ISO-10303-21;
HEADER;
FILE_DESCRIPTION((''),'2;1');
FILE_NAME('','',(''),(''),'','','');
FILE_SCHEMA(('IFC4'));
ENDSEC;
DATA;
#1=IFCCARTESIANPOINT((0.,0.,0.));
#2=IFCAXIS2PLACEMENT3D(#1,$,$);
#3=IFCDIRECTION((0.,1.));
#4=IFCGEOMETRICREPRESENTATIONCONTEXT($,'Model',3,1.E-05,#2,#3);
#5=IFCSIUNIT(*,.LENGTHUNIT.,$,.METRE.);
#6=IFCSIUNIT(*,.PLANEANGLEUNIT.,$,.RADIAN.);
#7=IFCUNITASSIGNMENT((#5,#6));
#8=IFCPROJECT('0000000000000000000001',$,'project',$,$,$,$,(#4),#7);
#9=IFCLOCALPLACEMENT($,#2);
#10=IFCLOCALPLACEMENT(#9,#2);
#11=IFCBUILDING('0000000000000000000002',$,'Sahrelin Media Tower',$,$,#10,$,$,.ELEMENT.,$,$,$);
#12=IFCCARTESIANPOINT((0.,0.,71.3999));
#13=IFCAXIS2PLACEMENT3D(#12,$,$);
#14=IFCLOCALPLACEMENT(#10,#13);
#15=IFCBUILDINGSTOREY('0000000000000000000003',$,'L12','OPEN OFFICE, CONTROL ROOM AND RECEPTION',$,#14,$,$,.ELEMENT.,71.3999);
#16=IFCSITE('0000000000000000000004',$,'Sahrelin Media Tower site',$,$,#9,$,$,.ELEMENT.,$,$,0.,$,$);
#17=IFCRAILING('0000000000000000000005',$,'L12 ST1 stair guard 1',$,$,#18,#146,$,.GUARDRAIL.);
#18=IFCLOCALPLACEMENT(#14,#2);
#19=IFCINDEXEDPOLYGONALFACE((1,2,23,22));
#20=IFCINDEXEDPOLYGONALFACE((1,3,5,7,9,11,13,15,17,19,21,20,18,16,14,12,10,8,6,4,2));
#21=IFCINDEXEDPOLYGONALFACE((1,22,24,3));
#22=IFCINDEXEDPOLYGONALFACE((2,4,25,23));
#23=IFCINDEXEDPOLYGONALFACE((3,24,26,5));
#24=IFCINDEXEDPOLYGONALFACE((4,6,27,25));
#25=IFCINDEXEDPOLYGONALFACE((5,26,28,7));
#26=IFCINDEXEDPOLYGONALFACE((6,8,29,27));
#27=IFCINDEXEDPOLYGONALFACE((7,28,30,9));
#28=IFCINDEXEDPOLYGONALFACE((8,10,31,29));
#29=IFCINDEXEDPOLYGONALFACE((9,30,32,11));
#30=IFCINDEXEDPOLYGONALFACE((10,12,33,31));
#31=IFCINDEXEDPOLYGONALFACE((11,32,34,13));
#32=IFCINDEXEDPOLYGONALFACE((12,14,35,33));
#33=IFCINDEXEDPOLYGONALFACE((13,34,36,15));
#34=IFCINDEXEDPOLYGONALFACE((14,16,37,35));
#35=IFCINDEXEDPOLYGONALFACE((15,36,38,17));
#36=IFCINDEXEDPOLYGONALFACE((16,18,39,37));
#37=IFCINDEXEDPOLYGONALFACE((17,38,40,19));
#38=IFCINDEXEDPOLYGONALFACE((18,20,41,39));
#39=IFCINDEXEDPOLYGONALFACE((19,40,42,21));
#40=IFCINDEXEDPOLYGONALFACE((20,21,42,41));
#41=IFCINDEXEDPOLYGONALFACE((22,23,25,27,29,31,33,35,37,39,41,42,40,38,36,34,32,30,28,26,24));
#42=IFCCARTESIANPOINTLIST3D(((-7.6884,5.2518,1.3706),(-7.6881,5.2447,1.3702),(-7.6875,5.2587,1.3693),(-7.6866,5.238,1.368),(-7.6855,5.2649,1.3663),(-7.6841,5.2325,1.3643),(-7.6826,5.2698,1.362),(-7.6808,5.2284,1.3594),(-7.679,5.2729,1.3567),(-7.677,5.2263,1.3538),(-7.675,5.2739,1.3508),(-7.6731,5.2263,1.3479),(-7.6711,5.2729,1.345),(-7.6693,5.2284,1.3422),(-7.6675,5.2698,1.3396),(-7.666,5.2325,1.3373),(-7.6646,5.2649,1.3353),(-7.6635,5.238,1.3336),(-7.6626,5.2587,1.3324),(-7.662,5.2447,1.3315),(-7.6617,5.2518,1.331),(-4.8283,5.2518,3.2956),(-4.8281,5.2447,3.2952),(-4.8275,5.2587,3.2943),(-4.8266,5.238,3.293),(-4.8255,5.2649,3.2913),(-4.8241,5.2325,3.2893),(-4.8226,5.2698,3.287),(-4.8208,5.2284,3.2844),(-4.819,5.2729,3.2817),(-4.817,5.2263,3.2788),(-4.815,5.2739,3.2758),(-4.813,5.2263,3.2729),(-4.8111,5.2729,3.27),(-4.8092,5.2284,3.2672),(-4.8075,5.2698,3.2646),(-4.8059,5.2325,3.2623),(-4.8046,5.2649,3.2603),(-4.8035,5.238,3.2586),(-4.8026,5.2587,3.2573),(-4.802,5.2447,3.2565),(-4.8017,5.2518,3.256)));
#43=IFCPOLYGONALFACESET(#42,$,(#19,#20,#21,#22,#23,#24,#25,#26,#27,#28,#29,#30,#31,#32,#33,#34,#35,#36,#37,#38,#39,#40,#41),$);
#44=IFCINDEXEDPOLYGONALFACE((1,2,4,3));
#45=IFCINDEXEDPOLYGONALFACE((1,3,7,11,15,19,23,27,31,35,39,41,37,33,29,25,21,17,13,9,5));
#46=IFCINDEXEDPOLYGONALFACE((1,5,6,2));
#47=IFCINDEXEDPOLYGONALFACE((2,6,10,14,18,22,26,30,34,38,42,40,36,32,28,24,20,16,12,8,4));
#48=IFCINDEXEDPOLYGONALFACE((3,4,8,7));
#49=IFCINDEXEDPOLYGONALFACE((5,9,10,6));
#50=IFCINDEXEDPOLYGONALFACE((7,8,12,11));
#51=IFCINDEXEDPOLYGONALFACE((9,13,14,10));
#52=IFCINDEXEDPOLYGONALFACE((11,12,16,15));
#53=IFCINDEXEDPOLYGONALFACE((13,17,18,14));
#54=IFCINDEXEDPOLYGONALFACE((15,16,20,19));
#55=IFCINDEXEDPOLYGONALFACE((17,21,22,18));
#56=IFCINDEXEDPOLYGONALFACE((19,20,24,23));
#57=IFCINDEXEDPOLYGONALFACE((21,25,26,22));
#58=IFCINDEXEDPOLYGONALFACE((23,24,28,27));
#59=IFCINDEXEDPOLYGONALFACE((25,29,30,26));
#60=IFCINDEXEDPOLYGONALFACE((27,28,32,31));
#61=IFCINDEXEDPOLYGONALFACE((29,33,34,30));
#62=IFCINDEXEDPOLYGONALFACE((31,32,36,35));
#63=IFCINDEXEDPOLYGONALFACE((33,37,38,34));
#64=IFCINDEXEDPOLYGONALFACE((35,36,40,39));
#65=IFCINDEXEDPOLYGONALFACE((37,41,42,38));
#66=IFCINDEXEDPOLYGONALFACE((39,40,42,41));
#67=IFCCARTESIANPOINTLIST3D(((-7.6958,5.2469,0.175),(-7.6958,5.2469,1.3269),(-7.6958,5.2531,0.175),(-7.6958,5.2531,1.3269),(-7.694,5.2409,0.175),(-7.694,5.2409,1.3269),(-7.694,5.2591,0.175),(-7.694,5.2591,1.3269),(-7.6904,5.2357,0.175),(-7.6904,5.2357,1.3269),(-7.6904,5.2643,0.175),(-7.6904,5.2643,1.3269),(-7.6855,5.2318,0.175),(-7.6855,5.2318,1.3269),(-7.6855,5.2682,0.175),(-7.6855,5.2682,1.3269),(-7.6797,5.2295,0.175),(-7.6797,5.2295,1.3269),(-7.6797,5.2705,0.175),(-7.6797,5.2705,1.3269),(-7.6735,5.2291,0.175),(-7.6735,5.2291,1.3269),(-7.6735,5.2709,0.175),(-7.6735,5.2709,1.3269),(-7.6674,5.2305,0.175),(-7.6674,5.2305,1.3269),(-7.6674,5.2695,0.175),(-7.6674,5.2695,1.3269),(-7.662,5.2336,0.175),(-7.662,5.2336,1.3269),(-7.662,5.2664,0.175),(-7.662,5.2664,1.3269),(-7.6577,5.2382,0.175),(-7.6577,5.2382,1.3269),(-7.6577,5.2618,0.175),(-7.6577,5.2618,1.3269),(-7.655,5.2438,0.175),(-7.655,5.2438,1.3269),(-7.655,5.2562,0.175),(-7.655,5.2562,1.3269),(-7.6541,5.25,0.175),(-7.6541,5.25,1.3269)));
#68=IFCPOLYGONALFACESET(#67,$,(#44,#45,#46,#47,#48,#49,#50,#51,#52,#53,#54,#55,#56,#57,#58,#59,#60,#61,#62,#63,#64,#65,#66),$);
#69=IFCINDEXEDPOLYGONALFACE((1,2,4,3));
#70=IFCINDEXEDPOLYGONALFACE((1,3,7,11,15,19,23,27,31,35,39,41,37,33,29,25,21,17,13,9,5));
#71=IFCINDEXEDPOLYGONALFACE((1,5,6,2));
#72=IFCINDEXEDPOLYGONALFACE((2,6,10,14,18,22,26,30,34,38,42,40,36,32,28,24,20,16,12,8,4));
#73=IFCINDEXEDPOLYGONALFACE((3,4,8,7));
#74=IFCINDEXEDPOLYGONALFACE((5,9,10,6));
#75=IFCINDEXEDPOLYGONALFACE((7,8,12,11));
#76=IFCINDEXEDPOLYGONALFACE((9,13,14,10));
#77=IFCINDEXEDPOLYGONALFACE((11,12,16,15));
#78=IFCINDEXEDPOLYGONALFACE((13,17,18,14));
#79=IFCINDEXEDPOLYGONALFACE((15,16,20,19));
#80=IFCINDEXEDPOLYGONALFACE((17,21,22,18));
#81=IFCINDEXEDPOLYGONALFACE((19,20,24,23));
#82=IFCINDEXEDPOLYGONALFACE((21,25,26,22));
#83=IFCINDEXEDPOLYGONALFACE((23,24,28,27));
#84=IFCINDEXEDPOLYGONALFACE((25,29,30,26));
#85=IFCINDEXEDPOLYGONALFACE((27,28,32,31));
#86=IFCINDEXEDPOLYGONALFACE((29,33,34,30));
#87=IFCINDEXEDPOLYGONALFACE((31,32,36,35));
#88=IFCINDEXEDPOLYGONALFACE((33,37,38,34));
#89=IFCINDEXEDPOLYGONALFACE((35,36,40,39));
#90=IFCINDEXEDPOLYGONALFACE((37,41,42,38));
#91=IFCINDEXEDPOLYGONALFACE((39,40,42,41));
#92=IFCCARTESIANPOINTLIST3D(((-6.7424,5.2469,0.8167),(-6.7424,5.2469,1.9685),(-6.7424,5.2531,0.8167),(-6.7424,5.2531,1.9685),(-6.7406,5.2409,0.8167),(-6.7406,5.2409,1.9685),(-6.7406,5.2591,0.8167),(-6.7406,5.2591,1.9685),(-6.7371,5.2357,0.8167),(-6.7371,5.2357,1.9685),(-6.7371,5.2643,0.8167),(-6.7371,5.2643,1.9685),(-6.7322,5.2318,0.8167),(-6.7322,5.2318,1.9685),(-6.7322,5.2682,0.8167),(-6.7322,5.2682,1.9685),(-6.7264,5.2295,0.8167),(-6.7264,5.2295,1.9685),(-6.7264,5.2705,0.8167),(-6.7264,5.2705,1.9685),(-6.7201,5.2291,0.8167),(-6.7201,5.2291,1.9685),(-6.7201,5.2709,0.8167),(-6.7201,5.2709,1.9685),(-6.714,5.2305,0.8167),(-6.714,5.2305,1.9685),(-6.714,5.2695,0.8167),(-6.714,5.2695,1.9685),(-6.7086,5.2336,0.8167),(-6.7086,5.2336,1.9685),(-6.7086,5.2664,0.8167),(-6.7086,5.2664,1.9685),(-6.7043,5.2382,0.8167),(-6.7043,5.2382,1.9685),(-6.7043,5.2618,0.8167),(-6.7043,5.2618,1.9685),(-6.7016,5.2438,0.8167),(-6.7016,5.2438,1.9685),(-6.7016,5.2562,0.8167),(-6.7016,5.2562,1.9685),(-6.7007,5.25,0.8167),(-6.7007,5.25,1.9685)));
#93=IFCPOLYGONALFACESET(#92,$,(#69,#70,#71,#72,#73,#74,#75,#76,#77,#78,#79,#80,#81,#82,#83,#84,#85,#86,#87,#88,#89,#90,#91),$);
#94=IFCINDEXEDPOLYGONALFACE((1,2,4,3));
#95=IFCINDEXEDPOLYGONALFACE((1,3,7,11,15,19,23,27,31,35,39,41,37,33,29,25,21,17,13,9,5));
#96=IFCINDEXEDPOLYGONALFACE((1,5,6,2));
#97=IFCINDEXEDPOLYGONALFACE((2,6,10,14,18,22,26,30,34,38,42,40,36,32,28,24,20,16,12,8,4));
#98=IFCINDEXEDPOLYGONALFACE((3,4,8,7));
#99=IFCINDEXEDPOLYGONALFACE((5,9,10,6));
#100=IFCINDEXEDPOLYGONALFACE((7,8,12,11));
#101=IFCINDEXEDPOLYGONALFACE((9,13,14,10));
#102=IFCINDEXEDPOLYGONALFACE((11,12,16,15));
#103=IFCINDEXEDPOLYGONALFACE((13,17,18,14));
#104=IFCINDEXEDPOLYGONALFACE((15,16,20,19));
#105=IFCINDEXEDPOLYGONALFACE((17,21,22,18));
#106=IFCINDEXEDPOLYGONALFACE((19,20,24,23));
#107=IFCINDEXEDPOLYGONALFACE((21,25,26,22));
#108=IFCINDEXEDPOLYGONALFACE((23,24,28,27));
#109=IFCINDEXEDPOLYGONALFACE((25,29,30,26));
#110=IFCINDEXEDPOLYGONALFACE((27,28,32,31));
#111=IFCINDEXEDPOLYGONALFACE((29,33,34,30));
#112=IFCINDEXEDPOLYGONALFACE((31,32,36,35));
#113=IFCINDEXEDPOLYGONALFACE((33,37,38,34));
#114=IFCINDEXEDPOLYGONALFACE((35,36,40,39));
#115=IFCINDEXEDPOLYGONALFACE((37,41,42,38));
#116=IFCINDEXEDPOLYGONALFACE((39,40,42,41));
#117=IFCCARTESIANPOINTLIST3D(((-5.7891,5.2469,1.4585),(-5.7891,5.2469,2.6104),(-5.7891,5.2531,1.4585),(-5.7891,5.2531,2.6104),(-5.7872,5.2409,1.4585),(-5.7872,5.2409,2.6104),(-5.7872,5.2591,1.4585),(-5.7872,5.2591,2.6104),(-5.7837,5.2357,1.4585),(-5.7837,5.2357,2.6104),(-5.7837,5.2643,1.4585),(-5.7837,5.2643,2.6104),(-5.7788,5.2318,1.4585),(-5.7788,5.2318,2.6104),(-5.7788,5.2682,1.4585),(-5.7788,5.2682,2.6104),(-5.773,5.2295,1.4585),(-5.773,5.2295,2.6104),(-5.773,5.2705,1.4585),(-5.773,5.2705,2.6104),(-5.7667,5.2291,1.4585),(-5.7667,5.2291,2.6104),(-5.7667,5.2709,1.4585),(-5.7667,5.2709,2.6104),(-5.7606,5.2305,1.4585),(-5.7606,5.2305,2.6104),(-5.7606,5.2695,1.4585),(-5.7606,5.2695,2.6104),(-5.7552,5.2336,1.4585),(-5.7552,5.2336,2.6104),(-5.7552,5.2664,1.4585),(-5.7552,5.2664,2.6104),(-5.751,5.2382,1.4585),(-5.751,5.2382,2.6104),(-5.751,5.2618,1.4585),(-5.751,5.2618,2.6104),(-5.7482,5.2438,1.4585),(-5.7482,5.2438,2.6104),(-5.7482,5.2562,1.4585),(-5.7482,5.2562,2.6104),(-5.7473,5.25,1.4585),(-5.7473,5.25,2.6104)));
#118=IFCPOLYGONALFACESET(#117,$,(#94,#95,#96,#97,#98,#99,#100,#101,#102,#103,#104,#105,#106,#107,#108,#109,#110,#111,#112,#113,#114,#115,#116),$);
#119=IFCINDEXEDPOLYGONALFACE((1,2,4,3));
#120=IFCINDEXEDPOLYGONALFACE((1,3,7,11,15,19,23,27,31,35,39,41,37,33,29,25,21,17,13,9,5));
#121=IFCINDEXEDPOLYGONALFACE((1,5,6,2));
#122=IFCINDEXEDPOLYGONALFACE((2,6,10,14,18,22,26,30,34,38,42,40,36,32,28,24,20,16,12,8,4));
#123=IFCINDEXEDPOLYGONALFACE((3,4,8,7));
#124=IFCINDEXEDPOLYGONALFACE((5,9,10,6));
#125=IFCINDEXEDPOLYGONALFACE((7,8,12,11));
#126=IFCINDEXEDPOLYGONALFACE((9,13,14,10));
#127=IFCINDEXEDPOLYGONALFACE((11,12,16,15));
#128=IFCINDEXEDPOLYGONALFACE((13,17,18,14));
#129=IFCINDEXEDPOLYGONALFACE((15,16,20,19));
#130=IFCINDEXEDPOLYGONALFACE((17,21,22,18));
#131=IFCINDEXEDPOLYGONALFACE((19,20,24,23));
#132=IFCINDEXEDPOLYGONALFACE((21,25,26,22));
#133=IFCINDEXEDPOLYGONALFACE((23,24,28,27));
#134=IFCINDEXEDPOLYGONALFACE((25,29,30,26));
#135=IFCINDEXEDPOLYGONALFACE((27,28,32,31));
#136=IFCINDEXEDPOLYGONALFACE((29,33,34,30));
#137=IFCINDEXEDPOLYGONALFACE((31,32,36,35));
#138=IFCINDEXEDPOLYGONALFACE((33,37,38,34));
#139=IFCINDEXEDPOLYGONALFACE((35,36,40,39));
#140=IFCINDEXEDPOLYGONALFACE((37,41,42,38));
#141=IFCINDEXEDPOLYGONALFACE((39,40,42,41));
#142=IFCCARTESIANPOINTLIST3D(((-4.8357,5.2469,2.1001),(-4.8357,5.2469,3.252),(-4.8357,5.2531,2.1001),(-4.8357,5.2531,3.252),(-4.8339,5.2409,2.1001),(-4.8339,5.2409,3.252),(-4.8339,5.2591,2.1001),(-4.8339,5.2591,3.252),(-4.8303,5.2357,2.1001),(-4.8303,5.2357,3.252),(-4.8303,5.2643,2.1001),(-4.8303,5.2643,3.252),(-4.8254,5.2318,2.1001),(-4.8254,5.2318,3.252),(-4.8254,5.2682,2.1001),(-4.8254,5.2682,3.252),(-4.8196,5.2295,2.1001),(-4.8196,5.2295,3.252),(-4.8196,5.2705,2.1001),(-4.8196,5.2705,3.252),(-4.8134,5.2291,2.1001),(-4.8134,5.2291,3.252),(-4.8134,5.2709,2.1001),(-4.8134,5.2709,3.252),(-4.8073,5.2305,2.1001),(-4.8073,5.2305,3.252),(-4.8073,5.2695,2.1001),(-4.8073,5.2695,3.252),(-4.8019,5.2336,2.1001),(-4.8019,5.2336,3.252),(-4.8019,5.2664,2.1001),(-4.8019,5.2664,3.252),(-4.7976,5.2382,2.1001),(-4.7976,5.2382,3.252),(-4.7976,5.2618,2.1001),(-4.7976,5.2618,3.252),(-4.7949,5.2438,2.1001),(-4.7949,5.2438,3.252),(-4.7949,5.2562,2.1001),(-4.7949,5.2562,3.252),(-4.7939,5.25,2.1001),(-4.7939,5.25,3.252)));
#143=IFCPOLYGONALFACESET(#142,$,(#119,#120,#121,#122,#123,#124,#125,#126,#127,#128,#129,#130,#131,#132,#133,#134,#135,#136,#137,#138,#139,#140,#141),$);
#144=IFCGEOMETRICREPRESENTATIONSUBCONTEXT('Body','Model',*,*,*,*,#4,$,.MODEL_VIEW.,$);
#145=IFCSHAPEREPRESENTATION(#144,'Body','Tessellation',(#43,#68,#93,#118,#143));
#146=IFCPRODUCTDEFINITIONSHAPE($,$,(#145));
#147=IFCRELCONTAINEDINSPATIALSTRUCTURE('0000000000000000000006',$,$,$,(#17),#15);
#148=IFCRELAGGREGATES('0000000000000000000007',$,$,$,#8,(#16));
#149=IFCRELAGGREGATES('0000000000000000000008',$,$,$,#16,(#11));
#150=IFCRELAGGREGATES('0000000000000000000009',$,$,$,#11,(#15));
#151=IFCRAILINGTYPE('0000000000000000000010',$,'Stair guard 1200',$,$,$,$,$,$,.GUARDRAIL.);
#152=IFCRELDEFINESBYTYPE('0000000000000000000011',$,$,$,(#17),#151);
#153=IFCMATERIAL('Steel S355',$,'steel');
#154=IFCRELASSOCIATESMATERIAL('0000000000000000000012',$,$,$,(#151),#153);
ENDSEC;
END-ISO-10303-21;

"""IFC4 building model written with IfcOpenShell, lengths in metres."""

from ifc_helpers import new_model, si_unit, direction, frame, origin, origin_2d, place, context, subcontext, project, spatial, circle, extrude, material, type_object, element, save


model = new_model("IFC4")

# Units and contexts
model_context = context("Model", 3, precision=1e-05, world=origin(), true_north=direction((0.0, 1.0)))
body_context = subcontext(model_context, "Body", "Model", "MODEL_VIEW")
ifc_project = project(units=[si_unit("LENGTHUNIT", "METRE"), si_unit("PLANEANGLEUNIT", "RADIAN")], contexts=[model_context])

# Site, building, storey
site_placement = place(None, origin())
site = spatial("IfcSite", under=ifc_project, at=site_placement, Name="Sahrelin Media Tower site", CompositionType="ELEMENT", RefElevation=0.0)
building_placement = place(site_placement, origin())
building = spatial("IfcBuilding", under=site, at=building_placement, Name="Sahrelin Media Tower", CompositionType="ELEMENT")
storey_placement = place(building_placement, frame((0.0, 0.0, 71.3999)))
storey = spatial("IfcBuildingStorey", under=building, at=storey_placement, Name="L12", Description="OPEN OFFICE, CONTROL ROOM AND RECEPTION", CompositionType="ELEMENT", Elevation=71.3999)

# Shared definitions
ifc_material_1 = material(Name="Steel S355", Category="steel")

# Railing
railing_type_1 = type_object("IfcRailingType", Name="Stair guard 1200", PredefinedType="GUARDRAIL", material=ifc_material_1)
railing_1_placement = place(storey_placement, frame((-7.675, 5.25, 0.175)))
element("IfcRailing", 1, at=railing_1_placement, inside=storey, type_object=railing_type_1, Name="L12 ST1 stair guard 1", PredefinedType="GUARDRAIL", context=body_context, shape_type="SweptSolid", body=[
    extrude(circle(Radius=0.0239, at=origin_2d()), frame((0.0, 0.0, 1.1758), z_axis=(0.829591, 0.0, 0.558372), x_axis=(0.0, 1.0, 0.0)), (0.0, 0.0, 1.0), 3.4475),
    extrude(circle(Radius=0.021, at=origin_2d()), origin(), (0.0, 0.0, 1.0), 1.1519),
    extrude(circle(Radius=0.021, at=origin_2d()), frame((0.9534, 0.0, 0.6416)), (0.0, 0.0, 1.0), 1.1519),
    extrude(circle(Radius=0.021, at=origin_2d()), frame((1.9067, 0.0, 1.2834)), (0.0, 0.0, 1.0), 1.1519),
    extrude(circle(Radius=0.021, at=origin_2d()), frame((2.8601, 0.0, 1.925)), (0.0, 0.0, 1.0), 1.1519),
])

save(model, "model.ifc")
